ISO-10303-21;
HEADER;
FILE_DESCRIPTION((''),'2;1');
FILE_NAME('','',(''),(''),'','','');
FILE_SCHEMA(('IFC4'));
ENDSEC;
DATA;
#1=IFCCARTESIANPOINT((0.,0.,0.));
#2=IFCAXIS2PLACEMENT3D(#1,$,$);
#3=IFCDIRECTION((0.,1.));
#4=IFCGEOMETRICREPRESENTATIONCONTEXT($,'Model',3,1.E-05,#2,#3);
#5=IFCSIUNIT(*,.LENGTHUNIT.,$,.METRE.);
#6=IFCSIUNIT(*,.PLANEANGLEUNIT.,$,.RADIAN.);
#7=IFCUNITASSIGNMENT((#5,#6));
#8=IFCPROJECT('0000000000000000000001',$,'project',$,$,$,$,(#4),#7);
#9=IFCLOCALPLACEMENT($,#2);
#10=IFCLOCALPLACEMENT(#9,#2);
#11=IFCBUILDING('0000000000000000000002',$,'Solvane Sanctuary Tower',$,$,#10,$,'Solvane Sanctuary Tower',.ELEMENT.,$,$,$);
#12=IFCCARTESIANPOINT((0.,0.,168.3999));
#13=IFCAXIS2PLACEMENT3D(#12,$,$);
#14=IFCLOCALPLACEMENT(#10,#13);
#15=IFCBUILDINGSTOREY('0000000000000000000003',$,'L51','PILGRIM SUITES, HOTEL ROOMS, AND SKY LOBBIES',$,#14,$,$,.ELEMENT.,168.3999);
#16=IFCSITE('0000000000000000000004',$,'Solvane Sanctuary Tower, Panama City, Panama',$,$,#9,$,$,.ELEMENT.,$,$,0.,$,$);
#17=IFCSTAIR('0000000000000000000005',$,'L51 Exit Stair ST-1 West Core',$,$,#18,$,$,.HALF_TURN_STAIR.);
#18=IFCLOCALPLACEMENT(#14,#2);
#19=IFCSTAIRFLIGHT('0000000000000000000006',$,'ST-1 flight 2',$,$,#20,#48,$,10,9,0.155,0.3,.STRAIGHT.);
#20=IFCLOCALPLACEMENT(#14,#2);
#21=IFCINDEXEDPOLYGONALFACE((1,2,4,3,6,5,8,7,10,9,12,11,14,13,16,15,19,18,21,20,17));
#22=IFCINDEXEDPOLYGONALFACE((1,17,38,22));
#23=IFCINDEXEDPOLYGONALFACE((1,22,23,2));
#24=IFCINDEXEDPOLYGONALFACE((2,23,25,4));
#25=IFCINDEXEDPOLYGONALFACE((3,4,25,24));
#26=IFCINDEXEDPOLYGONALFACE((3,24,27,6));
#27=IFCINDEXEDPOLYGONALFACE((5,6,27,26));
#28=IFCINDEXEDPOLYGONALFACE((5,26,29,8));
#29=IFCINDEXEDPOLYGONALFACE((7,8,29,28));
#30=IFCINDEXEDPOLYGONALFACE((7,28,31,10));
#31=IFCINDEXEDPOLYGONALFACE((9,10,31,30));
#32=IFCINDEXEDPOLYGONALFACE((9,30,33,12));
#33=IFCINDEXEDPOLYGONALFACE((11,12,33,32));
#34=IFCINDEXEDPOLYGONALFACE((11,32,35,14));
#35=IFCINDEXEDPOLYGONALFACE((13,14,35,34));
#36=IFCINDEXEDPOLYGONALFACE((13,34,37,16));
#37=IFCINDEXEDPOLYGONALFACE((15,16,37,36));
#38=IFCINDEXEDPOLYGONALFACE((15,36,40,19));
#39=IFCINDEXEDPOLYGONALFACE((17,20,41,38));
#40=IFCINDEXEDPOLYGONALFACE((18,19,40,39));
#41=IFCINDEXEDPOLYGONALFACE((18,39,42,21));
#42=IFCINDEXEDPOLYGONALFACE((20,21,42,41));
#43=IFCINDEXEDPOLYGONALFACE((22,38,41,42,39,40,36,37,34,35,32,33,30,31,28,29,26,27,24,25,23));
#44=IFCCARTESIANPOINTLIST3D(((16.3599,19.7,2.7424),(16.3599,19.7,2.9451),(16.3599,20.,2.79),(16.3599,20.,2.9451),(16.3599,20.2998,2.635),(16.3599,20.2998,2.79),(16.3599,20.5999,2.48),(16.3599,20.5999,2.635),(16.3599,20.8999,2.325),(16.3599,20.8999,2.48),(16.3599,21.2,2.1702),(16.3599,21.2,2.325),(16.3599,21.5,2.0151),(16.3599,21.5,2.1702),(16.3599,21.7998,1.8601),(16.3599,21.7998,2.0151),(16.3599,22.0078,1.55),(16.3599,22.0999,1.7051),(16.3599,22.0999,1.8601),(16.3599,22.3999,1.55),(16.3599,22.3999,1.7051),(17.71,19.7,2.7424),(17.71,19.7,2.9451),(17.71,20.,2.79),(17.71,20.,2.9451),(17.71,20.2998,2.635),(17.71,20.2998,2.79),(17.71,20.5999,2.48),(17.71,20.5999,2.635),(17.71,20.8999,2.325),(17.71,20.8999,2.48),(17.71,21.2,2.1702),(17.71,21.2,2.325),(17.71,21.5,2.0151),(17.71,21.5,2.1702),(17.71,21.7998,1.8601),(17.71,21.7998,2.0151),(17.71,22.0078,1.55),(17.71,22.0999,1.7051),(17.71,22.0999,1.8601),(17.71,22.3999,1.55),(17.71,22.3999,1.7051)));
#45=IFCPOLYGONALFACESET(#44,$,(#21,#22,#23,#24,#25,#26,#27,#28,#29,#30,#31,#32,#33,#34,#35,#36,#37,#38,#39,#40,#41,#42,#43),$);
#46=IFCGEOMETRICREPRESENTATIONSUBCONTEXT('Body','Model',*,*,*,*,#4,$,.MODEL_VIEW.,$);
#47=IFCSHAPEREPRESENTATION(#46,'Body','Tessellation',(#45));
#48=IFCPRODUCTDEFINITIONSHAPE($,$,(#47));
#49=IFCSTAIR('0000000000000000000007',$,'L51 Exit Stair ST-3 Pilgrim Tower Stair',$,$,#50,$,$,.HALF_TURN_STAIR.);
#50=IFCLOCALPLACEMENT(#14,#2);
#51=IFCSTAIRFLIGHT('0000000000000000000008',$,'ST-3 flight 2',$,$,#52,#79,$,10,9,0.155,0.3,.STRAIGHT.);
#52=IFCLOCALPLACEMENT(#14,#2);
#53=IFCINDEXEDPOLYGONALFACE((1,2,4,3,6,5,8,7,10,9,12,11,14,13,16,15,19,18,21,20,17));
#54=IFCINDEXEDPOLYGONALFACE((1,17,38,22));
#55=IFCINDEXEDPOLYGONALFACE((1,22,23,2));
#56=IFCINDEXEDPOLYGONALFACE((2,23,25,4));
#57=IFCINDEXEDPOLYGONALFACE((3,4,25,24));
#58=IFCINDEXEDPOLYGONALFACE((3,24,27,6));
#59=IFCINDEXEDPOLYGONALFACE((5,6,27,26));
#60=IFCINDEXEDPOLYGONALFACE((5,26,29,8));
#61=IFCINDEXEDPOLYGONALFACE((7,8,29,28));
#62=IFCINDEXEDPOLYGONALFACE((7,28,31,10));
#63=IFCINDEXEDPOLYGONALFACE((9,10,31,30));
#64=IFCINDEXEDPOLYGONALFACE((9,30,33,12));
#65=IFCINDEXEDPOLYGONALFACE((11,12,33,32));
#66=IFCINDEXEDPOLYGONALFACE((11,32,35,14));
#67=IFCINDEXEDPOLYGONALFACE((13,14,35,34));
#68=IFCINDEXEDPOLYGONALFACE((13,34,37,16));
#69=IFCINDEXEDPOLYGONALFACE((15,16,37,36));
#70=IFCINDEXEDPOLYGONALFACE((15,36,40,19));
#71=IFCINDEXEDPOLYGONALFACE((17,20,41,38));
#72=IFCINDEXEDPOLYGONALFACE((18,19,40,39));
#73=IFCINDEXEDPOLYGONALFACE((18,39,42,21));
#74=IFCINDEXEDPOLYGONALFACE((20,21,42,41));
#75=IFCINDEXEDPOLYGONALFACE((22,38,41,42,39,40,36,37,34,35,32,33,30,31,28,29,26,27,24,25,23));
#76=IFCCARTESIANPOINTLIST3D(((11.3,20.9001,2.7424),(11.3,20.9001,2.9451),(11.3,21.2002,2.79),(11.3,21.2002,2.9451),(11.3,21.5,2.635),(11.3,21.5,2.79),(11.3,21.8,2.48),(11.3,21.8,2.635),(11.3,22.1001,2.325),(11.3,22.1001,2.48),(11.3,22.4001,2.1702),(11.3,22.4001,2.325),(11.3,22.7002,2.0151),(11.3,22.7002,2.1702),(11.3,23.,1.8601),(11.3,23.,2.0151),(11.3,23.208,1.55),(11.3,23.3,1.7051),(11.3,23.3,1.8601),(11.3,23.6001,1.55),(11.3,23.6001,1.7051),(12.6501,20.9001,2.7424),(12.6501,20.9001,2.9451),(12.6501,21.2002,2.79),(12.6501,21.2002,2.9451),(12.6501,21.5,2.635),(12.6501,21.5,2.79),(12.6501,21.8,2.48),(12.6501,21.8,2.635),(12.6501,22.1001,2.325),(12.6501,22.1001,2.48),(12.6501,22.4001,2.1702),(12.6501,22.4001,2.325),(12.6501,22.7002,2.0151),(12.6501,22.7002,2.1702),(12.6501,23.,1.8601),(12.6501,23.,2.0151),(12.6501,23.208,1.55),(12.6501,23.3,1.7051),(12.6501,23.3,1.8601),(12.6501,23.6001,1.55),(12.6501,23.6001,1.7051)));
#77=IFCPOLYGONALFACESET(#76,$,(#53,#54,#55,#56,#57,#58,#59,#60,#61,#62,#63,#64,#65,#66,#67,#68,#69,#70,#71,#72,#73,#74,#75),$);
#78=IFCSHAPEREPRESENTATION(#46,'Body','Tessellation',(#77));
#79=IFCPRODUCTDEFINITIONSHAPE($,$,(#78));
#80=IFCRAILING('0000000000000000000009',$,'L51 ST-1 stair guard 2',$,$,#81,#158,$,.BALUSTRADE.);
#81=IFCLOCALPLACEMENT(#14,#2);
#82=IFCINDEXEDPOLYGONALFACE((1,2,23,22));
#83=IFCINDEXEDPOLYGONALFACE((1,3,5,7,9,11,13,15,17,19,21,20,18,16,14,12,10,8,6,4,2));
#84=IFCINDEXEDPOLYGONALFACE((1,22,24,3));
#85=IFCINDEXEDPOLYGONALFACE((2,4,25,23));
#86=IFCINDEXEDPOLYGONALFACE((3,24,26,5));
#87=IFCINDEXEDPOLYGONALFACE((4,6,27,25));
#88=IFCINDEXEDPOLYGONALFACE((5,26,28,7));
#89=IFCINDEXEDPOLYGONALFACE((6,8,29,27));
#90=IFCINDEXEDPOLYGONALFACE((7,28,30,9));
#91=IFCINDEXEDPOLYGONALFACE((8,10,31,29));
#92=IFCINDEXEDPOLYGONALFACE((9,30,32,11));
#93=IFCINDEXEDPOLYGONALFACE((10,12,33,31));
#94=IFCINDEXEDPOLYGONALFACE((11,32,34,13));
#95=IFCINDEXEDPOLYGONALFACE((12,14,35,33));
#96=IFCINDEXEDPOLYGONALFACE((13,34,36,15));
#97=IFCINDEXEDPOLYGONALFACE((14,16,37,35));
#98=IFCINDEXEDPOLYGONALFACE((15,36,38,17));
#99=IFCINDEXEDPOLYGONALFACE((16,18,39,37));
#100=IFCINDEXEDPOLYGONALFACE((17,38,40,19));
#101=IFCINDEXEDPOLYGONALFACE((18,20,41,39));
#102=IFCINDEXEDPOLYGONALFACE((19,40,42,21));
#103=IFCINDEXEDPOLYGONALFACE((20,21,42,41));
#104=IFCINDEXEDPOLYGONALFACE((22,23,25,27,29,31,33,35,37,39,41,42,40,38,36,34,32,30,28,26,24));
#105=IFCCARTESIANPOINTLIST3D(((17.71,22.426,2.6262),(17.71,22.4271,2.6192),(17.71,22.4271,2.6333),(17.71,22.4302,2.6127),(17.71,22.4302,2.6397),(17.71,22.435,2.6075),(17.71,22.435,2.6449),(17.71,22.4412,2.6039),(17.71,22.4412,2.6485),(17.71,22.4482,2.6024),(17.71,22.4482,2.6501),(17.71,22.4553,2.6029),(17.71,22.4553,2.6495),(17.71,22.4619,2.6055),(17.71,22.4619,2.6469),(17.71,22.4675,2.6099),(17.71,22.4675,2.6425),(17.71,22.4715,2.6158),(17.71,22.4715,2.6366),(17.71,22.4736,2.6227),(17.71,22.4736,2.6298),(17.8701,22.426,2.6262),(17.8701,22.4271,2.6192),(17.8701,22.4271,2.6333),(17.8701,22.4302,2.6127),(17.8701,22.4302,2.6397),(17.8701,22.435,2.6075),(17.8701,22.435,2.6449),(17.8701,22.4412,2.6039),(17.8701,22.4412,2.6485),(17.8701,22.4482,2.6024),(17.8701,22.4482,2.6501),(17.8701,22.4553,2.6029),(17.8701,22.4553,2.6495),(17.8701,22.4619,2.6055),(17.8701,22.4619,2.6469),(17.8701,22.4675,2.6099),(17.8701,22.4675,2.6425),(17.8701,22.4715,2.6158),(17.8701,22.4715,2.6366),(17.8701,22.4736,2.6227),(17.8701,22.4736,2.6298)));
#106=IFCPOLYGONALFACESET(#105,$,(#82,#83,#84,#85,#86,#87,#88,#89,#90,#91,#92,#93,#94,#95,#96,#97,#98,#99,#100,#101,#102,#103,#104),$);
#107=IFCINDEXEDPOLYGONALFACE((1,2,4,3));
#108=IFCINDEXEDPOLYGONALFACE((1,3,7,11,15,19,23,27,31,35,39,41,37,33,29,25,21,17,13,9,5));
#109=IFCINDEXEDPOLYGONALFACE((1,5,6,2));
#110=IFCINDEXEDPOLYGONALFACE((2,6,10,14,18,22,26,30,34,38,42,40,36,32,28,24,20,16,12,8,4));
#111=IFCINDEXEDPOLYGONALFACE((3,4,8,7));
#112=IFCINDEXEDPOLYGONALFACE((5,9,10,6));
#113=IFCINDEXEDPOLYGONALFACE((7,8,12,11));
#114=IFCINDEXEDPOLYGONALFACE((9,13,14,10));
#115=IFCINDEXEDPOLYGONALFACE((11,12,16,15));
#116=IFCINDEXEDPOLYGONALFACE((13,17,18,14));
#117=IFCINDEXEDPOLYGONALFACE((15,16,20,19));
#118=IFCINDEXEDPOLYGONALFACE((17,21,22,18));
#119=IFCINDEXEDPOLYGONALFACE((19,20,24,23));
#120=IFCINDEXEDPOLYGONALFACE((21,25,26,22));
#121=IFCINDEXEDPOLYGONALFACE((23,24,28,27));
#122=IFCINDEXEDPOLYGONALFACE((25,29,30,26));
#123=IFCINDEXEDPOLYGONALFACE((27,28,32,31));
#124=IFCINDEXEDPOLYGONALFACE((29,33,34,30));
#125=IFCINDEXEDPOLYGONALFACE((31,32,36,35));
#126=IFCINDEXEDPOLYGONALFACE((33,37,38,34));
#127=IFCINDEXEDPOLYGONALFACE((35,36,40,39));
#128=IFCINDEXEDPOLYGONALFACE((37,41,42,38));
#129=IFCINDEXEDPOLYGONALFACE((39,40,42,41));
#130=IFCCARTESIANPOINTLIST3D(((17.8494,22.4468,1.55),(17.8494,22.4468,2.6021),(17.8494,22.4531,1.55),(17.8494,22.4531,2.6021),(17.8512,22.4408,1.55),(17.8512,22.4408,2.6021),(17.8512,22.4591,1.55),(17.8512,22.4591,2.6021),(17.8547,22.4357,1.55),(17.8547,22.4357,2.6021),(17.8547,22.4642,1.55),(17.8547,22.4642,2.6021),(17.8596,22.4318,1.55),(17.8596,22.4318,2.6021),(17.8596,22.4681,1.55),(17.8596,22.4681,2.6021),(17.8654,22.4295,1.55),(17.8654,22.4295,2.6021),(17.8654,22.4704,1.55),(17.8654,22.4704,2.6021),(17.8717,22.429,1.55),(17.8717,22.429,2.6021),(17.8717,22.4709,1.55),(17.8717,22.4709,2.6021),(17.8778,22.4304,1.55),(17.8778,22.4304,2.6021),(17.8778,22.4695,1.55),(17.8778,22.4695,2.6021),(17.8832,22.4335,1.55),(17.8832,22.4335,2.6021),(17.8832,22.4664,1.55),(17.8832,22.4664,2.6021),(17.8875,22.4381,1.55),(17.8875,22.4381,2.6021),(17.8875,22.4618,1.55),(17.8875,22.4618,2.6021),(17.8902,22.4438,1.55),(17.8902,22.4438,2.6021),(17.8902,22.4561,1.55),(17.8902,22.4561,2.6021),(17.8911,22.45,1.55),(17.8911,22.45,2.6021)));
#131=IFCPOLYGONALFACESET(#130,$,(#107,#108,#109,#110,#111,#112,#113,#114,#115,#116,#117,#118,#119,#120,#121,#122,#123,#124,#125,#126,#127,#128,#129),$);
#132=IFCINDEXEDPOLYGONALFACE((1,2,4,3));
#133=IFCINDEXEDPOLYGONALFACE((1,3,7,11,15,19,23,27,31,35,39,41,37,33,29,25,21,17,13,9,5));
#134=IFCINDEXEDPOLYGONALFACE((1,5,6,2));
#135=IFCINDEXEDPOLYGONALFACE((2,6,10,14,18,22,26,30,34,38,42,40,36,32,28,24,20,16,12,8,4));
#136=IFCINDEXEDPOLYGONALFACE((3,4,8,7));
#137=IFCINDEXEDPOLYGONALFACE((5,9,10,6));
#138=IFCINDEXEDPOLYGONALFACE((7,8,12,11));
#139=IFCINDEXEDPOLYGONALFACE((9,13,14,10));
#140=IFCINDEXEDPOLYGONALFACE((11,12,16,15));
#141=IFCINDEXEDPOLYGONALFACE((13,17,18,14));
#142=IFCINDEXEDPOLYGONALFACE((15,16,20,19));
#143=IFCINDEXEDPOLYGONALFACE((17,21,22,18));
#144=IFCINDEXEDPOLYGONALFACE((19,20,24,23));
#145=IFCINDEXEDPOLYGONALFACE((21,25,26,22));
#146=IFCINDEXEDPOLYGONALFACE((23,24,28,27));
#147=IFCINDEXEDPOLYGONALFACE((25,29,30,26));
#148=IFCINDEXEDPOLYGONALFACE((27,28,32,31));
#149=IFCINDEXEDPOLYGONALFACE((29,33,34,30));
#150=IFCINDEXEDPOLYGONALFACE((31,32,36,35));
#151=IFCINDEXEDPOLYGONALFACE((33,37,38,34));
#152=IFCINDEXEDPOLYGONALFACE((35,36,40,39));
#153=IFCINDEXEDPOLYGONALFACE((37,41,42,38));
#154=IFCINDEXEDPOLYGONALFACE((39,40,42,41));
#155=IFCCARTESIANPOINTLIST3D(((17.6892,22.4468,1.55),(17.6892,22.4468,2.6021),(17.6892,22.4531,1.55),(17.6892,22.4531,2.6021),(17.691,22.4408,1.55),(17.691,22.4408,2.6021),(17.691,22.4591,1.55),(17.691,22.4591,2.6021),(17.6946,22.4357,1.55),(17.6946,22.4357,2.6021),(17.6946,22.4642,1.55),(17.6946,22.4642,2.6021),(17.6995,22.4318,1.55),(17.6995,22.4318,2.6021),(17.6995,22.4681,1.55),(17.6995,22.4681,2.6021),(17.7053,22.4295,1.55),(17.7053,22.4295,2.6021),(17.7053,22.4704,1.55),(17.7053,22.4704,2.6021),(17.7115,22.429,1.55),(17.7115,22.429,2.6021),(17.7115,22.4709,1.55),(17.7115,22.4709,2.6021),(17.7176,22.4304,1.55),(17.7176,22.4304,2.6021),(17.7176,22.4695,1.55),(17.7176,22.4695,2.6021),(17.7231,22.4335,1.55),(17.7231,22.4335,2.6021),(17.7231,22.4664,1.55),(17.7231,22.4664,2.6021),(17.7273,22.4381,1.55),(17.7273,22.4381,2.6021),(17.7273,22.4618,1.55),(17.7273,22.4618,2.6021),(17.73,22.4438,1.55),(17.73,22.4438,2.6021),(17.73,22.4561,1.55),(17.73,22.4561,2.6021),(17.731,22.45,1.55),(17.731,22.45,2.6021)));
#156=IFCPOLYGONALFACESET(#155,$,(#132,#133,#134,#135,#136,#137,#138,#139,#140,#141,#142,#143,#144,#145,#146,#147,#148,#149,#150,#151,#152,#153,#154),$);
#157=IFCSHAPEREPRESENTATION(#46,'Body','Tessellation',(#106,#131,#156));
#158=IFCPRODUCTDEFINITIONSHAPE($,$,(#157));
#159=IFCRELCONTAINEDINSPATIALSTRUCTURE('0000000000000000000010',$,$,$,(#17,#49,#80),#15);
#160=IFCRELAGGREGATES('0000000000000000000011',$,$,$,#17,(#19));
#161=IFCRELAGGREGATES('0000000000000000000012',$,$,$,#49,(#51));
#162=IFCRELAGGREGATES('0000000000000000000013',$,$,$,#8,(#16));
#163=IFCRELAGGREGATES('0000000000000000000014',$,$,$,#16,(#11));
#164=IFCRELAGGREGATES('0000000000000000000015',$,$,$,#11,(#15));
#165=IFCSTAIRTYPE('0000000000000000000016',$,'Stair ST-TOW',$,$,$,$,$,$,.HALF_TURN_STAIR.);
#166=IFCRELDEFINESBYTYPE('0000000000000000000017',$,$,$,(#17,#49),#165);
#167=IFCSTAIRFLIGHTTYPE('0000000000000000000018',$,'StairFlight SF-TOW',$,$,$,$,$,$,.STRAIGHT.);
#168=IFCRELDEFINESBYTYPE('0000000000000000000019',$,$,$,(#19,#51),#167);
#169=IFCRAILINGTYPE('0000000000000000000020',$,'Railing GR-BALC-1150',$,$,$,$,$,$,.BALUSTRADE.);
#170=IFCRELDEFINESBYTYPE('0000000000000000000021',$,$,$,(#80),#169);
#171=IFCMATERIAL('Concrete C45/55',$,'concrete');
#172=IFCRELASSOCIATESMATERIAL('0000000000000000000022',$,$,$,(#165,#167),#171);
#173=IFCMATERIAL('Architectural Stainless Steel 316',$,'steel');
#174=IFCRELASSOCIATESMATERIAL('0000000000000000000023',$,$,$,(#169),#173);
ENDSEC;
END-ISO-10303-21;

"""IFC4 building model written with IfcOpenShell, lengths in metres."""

from ifc_helpers import new_model, si_unit, direction, frame, origin, origin_2d, place, context, subcontext, project, spatial, polyline, circle, outline, extrude, material, type_object, element, aggregate, save


model = new_model("IFC4")

# Units and contexts
model_context = context("Model", 3, precision=1e-05, world=origin(), true_north=direction((0.0, 1.0)))
body_context = subcontext(model_context, "Body", "Model", "MODEL_VIEW")
ifc_project = project(units=[si_unit("LENGTHUNIT", "METRE"), si_unit("PLANEANGLEUNIT", "RADIAN")], contexts=[model_context])

# Site, building, storey
site_placement = place(None, origin())
site = spatial("IfcSite", under=ifc_project, at=site_placement, Name="Solvane Sanctuary Tower, Panama City, Panama", CompositionType="ELEMENT", RefElevation=0.0)
building_placement = place(site_placement, origin())
building = spatial("IfcBuilding", under=site, at=building_placement, Name="Solvane Sanctuary Tower", LongName="Solvane Sanctuary Tower", CompositionType="ELEMENT")
storey_placement = place(building_placement, frame((0.0, 0.0, 168.3999)))
storey = spatial("IfcBuildingStorey", under=building, at=storey_placement, Name="L51", Description="PILGRIM SUITES, HOTEL ROOMS, AND SKY LOBBIES", CompositionType="ELEMENT", Elevation=168.3999)

# Shared definitions
ifc_material_1 = material(Name="Architectural Stainless Steel 316", Category="steel")

# Stairs, stair flights
ifc_material_2 = material(Name="Concrete C45/55", Category="concrete")
stair_type = type_object("IfcStairType", Name="Stair ST-TOW", PredefinedType="HALF_TURN_STAIR", material=ifc_material_2)
stair_1_placement = place(storey_placement, origin())
stair_1 = element("IfcStair", 1, at=stair_1_placement, inside=storey, type_object=stair_type, Name="L51 Exit Stair ST-1 West Core", PredefinedType="HALF_TURN_STAIR")
stair_flight_type = type_object("IfcStairFlightType", Name="StairFlight SF-TOW", PredefinedType="STRAIGHT", material=ifc_material_2)
stair_flight_1_placement = place(storey_placement, frame((17.0349, 22.3999, 1.55), z_axis=(0.0, 0.0, 1.0), x_axis=(0.0, -1.0, 0.0)))
stair_flight_1 = element("IfcStairFlight", 2, at=stair_flight_1_placement, type_object=stair_flight_type, Name="ST-1 flight 2", NumberOfRisers=10, NumberOfTreads=9, PredefinedType="STRAIGHT", RiserHeight=0.155, TreadLength=0.3, context=body_context, shape_type="SweptSolid", body=[
    extrude(outline(polyline([(0.0, 0.0), (0.0, 0.155), (0.3, 0.155), (0.3, 0.3101), (0.6001, 0.3101), (0.6001, 0.4651), (0.8999, 0.4651), (0.8999, 0.6201), (1.2, 0.6201), (1.2, 0.7749), (1.5, 0.7749), (1.5, 0.9299), (1.8, 0.9299), (1.8, 1.085), (2.1001, 1.085), (2.1001, 1.24), (2.3999, 1.24), (2.3999, 1.395), (2.7, 1.395), (2.7, 1.55), (2.7, 1.1924), (0.3921, 0.0), (0.0, 0.0)])), frame((0.0, 0.675, 0.0), z_axis=(0.0, -1.0, 0.0), x_axis=(1.0, 0.0, 0.0)), (0.0, 0.0, 1.0), 1.3501),
])
aggregate(stair_1, [stair_flight_1])
stair_2_placement = place(storey_placement, origin())
stair_2 = element("IfcStair", 3, at=stair_2_placement, inside=storey, type_object=stair_type, Name="L51 Exit Stair ST-3 Pilgrim Tower Stair", PredefinedType="HALF_TURN_STAIR")
stair_flight_2_placement = place(storey_placement, frame((11.9751, 23.6001, 1.55), z_axis=(0.0, 0.0, 1.0), x_axis=(0.0, -1.0, 0.0)))
stair_flight_2 = element("IfcStairFlight", 4, at=stair_flight_2_placement, type_object=stair_flight_type, Name="ST-3 flight 2", NumberOfRisers=10, NumberOfTreads=9, PredefinedType="STRAIGHT", RiserHeight=0.155, TreadLength=0.3, context=body_context, shape_type="SweptSolid", body=[
    extrude(outline(polyline([(0.0, 0.0), (0.0, 0.155), (0.3, 0.155), (0.3, 0.3101), (0.6001, 0.3101), (0.6001, 0.4651), (0.8999, 0.4651), (0.8999, 0.6201), (1.2, 0.6201), (1.2, 0.7749), (1.5, 0.7749), (1.5, 0.9299), (1.8, 0.9299), (1.8, 1.085), (2.1001, 1.085), (2.1001, 1.24), (2.3999, 1.24), (2.3999, 1.395), (2.7, 1.395), (2.7, 1.55), (2.7, 1.1924), (0.3921, 0.0), (0.0, 0.0)])), frame((0.0, 0.675, 0.0), z_axis=(0.0, -1.0, 0.0), x_axis=(1.0, 0.0, 0.0)), (0.0, 0.0, 1.0), 1.3501),
])
aggregate(stair_2, [stair_flight_2])

# Railing
railing_type_1 = type_object("IfcRailingType", Name="Railing GR-BALC-1150", PredefinedType="BALUSTRADE", material=ifc_material_1)
railing_1_placement = place(storey_placement, frame((17.8701, 22.45, 1.55)))
element("IfcRailing", 5, at=railing_1_placement, inside=storey, type_object=railing_type_1, Name="L51 ST-1 stair guard 2", PredefinedType="BALUSTRADE", context=body_context, shape_type="SweptSolid", body=[
    extrude(circle(Radius=0.0239, at=origin_2d()), frame((0.0, 0.0, 1.0762), z_axis=(-1.0, 0.0, 0.0), x_axis=(0.0, -1.0, 0.0)), (0.0, 0.0, 1.0), 0.1602),
    extrude(circle(Radius=0.021, at=origin_2d()), origin(), (0.0, 0.0, 1.0), 1.052),
    extrude(circle(Radius=0.021, at=origin_2d()), frame((-0.1602, 0.0, 0.0)), (0.0, 0.0, 1.0), 1.052),
])

save(model, "model.ifc")
